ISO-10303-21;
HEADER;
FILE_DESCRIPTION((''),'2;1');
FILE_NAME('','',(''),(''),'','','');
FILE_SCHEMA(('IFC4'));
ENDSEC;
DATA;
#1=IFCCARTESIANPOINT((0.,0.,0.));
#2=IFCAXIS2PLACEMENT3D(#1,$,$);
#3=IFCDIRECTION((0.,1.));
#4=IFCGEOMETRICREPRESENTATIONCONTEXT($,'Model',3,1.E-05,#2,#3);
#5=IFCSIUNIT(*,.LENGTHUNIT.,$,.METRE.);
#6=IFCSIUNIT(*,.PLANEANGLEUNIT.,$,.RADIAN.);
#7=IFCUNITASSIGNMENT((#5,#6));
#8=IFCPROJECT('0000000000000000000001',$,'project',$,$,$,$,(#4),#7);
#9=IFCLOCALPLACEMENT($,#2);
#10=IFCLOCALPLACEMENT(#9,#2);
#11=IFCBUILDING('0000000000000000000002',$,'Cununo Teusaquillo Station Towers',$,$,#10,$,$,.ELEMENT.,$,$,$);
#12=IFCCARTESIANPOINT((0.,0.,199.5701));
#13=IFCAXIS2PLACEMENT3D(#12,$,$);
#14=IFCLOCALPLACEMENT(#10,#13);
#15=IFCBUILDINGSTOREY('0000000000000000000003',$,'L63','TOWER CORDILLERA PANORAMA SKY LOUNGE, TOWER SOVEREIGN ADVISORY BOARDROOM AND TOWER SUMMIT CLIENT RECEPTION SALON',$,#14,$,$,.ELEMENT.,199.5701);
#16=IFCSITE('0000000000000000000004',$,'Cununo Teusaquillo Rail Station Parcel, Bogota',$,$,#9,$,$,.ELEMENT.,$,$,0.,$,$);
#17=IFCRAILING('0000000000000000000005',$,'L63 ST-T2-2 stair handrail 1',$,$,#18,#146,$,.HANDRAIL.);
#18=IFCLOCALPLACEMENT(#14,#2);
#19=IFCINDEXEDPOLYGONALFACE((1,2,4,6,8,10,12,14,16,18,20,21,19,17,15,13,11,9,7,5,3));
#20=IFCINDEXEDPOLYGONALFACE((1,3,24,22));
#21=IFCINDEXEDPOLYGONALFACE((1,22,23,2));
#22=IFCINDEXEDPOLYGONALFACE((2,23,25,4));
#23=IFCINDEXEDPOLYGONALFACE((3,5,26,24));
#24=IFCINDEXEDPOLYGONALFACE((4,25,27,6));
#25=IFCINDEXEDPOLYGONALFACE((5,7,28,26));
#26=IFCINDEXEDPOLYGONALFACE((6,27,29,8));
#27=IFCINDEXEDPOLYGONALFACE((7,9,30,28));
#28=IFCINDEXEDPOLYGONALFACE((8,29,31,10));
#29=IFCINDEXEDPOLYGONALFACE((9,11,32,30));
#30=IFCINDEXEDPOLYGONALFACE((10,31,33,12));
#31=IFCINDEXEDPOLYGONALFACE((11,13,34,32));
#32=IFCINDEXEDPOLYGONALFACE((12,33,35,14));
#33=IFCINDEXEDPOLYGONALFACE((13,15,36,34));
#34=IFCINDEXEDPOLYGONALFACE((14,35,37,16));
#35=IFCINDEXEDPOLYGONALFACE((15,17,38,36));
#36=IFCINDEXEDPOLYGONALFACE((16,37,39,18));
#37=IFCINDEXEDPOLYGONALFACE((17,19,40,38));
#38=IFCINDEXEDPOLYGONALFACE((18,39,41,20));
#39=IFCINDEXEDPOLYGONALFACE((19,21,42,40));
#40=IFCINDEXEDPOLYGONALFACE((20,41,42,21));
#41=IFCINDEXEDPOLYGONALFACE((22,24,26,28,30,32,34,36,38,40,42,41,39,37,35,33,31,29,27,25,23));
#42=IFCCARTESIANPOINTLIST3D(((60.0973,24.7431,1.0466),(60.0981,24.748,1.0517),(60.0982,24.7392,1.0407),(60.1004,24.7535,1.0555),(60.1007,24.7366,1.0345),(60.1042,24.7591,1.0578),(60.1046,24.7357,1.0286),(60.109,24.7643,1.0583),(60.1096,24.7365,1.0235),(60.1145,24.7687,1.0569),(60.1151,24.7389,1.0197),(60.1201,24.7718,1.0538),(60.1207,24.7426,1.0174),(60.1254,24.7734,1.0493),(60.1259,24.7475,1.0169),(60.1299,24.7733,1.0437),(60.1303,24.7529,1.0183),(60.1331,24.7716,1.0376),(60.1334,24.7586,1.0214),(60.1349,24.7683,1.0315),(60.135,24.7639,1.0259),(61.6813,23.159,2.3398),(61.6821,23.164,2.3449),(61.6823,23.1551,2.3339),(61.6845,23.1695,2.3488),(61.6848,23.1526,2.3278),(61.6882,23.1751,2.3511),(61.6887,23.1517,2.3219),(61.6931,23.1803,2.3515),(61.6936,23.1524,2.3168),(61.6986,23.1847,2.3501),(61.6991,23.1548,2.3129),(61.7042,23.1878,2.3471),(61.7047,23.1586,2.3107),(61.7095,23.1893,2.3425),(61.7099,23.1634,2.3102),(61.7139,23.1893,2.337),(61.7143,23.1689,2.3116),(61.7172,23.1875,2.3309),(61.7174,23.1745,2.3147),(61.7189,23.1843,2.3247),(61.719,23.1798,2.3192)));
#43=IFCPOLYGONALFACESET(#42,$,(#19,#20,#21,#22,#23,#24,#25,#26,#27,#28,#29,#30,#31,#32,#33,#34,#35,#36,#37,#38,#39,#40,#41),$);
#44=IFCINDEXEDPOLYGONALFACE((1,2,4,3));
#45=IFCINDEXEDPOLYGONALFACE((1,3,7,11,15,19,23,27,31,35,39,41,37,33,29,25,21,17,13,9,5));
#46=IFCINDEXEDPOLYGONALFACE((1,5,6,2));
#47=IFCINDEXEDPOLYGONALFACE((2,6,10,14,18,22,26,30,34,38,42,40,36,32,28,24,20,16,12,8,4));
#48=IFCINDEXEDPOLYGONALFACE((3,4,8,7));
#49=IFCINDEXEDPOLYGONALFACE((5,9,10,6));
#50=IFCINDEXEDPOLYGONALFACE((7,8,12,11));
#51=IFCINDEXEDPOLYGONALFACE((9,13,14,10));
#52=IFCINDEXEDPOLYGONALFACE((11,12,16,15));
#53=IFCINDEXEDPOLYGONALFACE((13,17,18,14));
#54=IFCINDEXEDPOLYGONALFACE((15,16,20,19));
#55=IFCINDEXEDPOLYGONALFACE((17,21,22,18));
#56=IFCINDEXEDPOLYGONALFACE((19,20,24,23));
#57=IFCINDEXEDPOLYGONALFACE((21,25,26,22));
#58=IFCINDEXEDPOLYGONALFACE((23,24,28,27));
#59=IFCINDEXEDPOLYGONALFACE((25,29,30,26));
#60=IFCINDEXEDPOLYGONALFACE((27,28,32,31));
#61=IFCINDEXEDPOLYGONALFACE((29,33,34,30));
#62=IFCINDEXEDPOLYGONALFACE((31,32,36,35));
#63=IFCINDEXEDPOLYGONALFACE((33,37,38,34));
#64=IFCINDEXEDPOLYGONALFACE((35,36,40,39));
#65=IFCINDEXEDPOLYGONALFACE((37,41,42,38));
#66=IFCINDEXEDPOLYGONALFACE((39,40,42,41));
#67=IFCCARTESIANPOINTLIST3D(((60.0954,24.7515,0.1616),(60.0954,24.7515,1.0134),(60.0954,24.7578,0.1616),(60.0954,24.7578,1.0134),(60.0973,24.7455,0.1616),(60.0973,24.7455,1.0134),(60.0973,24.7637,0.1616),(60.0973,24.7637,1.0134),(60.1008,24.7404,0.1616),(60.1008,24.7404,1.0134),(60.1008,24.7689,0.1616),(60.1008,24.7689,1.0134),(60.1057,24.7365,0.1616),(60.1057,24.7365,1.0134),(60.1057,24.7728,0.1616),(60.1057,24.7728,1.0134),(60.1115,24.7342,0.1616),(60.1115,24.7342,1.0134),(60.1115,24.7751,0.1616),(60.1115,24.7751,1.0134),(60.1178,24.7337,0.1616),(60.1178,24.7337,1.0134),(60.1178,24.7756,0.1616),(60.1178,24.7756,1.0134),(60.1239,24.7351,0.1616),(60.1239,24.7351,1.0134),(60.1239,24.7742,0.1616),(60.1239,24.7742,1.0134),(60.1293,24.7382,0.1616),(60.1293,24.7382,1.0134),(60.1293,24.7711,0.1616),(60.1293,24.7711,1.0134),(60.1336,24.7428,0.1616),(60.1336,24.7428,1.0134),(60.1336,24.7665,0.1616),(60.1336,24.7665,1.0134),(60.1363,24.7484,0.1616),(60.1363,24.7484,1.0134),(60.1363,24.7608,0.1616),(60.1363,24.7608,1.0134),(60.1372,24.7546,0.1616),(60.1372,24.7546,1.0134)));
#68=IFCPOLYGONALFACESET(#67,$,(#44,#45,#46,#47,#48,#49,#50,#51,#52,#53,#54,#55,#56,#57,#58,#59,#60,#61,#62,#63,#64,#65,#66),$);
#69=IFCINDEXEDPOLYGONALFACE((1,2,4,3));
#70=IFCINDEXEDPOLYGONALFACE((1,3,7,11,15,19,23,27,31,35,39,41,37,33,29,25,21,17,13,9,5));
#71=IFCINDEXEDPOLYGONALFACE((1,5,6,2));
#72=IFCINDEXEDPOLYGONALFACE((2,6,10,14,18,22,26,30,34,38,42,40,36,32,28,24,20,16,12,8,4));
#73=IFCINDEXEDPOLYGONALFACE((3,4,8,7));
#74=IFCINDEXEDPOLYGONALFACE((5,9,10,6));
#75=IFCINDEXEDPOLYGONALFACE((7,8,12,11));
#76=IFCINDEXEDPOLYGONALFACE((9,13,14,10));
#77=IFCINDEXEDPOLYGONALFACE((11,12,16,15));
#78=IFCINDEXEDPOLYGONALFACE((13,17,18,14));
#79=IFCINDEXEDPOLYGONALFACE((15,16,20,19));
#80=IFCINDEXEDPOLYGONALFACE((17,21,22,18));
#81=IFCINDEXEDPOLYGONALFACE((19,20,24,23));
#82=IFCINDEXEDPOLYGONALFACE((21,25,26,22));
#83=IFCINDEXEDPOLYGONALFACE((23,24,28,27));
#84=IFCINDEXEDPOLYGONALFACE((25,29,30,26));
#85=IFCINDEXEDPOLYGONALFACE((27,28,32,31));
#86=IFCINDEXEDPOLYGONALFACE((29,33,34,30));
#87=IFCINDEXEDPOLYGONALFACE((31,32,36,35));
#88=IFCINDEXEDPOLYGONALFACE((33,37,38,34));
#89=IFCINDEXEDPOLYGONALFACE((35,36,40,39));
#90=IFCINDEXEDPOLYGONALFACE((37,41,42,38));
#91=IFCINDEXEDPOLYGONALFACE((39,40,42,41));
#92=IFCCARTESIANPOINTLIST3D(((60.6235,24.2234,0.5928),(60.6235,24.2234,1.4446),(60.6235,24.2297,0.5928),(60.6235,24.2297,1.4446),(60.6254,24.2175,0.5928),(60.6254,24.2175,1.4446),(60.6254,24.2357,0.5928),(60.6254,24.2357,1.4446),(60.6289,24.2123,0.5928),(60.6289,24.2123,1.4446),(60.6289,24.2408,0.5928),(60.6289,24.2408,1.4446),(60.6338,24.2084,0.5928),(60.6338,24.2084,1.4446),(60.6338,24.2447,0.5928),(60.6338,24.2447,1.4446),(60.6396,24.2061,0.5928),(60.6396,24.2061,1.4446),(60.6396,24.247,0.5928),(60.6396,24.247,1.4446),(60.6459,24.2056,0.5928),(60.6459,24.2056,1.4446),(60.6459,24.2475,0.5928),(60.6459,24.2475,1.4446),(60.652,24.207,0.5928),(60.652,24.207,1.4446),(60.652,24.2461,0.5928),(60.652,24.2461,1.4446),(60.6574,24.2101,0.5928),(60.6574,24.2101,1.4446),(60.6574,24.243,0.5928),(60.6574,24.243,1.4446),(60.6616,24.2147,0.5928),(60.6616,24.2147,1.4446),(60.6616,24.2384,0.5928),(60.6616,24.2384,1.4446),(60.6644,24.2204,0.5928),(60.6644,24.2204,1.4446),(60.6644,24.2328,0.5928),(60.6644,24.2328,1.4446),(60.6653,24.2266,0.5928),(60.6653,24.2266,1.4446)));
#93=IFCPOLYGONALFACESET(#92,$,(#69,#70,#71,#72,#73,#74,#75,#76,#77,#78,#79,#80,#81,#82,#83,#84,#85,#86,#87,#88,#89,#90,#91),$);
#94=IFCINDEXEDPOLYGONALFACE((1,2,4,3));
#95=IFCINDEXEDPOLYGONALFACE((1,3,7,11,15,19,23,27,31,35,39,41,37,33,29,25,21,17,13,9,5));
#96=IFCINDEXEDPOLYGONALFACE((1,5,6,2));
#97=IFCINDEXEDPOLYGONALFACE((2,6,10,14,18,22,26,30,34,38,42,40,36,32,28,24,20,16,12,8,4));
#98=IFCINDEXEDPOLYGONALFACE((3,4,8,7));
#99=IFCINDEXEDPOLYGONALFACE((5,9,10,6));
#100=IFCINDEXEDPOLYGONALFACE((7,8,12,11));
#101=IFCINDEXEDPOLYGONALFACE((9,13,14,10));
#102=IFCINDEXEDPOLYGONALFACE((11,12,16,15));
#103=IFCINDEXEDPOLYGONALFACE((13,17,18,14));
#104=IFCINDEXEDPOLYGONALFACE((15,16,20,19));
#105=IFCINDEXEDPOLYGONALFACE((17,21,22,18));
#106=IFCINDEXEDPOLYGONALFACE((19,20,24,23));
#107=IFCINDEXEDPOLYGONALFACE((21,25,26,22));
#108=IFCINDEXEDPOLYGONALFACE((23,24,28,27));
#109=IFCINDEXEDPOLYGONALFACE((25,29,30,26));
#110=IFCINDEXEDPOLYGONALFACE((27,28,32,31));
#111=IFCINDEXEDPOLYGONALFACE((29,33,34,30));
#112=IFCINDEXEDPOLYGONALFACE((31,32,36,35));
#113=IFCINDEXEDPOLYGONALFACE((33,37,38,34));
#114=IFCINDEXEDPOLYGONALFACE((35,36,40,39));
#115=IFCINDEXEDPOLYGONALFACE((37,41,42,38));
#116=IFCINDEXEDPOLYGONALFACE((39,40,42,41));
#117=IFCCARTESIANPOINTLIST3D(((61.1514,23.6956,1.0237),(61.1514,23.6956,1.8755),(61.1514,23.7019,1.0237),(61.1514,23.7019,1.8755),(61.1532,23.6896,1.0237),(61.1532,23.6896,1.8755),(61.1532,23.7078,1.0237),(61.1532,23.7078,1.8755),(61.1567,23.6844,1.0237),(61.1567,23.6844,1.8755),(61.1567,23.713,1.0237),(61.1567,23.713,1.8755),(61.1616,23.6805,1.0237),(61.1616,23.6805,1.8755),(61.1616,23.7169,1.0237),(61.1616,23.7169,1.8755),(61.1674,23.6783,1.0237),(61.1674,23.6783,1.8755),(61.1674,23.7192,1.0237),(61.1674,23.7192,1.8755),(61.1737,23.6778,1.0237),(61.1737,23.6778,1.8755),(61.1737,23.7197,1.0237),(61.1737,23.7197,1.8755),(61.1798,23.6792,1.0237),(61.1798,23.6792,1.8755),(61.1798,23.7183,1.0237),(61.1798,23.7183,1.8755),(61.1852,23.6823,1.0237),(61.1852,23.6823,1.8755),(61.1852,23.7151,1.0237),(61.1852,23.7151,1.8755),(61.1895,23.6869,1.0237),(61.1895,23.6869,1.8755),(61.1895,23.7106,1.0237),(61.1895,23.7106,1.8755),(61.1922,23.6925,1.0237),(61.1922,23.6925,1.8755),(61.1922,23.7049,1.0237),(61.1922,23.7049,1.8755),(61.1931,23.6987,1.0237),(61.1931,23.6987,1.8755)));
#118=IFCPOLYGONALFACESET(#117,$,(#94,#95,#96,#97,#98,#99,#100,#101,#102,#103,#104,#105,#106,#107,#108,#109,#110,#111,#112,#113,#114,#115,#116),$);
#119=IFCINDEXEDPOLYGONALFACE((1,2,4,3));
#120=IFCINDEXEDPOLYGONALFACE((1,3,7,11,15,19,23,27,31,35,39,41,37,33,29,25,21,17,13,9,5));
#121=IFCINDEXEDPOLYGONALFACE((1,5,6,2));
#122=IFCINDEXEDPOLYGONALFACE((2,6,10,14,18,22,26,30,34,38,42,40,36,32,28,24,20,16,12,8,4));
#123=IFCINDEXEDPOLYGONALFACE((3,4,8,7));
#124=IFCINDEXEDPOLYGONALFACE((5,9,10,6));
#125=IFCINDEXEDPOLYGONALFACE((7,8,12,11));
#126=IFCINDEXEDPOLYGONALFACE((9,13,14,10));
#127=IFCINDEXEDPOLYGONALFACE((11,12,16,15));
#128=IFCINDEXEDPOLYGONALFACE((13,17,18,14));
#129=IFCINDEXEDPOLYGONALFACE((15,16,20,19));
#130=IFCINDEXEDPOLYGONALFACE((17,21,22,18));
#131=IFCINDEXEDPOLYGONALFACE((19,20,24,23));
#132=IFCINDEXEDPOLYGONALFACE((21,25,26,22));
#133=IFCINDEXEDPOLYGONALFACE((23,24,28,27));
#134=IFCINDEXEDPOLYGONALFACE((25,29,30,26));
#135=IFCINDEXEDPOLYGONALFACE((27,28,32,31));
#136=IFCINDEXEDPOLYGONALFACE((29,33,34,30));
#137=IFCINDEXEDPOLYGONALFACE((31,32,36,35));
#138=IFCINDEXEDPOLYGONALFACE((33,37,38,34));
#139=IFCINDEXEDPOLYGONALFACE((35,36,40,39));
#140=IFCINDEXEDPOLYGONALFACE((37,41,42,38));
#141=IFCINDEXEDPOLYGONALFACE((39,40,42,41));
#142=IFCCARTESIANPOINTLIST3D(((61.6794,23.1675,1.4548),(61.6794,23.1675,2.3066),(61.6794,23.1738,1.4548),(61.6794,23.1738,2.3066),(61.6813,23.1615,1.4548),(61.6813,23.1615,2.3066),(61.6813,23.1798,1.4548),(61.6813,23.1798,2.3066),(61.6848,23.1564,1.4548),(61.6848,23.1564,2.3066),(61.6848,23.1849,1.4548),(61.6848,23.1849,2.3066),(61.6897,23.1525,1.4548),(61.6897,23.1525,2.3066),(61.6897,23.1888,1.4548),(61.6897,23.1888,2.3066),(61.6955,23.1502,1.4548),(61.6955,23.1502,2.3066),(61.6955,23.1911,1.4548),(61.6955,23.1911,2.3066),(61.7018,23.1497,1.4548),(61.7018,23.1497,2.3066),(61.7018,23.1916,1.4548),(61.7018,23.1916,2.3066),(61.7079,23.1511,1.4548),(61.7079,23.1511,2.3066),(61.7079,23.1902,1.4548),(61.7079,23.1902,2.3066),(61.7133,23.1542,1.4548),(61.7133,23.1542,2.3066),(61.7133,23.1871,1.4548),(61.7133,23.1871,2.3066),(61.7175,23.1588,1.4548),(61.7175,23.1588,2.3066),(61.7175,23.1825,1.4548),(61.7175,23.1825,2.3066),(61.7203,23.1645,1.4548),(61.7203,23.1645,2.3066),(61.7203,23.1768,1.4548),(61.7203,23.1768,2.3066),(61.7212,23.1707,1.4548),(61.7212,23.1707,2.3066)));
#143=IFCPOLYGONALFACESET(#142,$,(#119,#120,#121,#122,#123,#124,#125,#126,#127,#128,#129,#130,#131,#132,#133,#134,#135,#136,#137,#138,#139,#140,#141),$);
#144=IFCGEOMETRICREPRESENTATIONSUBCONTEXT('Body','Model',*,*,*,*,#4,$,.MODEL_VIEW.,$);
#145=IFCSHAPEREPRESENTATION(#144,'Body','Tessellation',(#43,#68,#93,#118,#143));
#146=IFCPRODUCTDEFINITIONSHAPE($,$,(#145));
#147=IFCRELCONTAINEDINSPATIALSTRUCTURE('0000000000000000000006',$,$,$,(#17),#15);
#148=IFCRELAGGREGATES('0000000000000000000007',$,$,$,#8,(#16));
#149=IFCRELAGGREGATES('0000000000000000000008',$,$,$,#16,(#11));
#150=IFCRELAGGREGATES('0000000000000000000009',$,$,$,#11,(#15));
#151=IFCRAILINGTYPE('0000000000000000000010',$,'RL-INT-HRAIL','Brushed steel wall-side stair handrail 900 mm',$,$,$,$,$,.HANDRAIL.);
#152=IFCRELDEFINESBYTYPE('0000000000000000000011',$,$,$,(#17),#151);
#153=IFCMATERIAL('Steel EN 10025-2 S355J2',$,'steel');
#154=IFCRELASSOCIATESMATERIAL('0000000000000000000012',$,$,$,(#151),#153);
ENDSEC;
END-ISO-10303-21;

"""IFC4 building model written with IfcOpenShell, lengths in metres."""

from ifc_helpers import new_model, si_unit, direction, frame, origin, origin_2d, place, context, subcontext, project, spatial, circle, extrude, material, type_object, element, save


model = new_model("IFC4")

# Units and contexts
model_context = context("Model", 3, precision=1e-05, world=origin(), true_north=direction((0.0, 1.0)))
body_context = subcontext(model_context, "Body", "Model", "MODEL_VIEW")
ifc_project = project(units=[si_unit("LENGTHUNIT", "METRE"), si_unit("PLANEANGLEUNIT", "RADIAN")], contexts=[model_context])

# Site, building, storey
site_placement = place(None, origin())
site = spatial("IfcSite", under=ifc_project, at=site_placement, Name="Cununo Teusaquillo Rail Station Parcel, Bogota", CompositionType="ELEMENT", RefElevation=0.0)
building_placement = place(site_placement, origin())
building = spatial("IfcBuilding", under=site, at=building_placement, Name="Cununo Teusaquillo Station Towers", CompositionType="ELEMENT")
storey_placement = place(building_placement, frame((0.0, 0.0, 199.5701)))
storey = spatial("IfcBuildingStorey", under=building, at=storey_placement, Name="L63", Description="TOWER CORDILLERA PANORAMA SKY LOUNGE, TOWER SOVEREIGN ADVISORY BOARDROOM AND TOWER SUMMIT CLIENT RECEPTION SALON", CompositionType="ELEMENT", Elevation=199.5701)

# Railing
ifc_material_1 = material(Name="Steel EN 10025-2 S355J2", Category="steel")
railing_type_1 = type_object("IfcRailingType", Name="RL-INT-HRAIL", Description="Brushed steel wall-side stair handrail 900 mm", PredefinedType="HANDRAIL", material=ifc_material_1)
railing_1_placement = place(storey_placement, frame((60.1162, 24.7546, 0.1616)))
element("IfcRailing", 1, at=railing_1_placement, inside=storey, type_object=railing_type_1, Name="L63 ST-T2-2 stair handrail 1", PredefinedType="HANDRAIL", context=body_context, shape_type="SweptSolid", body=[
    extrude(circle(Radius=0.0239, at=origin_2d()), frame((0.0, 0.0, 0.876), z_axis=(0.612385, -0.612385, 0.49997), x_axis=(0.707107, 0.707107, 0.0)), (0.0, 0.0, 1.0), 2.5867),
    extrude(circle(Radius=0.021, at=origin_2d()), origin(), (0.0, 0.0, 1.0), 0.8518),
    extrude(circle(Radius=0.021, at=origin_2d()), frame((0.5281, -0.5281, 0.4312)), (0.0, 0.0, 1.0), 0.8518),
    extrude(circle(Radius=0.021, at=origin_2d()), frame((1.0559, -1.0559, 0.8621)), (0.0, 0.0, 1.0), 0.8518),
    extrude(circle(Radius=0.021, at=origin_2d()), frame((1.584, -1.584, 1.2932)), (0.0, 0.0, 1.0), 0.8518),
])

save(model, "model.ifc")
